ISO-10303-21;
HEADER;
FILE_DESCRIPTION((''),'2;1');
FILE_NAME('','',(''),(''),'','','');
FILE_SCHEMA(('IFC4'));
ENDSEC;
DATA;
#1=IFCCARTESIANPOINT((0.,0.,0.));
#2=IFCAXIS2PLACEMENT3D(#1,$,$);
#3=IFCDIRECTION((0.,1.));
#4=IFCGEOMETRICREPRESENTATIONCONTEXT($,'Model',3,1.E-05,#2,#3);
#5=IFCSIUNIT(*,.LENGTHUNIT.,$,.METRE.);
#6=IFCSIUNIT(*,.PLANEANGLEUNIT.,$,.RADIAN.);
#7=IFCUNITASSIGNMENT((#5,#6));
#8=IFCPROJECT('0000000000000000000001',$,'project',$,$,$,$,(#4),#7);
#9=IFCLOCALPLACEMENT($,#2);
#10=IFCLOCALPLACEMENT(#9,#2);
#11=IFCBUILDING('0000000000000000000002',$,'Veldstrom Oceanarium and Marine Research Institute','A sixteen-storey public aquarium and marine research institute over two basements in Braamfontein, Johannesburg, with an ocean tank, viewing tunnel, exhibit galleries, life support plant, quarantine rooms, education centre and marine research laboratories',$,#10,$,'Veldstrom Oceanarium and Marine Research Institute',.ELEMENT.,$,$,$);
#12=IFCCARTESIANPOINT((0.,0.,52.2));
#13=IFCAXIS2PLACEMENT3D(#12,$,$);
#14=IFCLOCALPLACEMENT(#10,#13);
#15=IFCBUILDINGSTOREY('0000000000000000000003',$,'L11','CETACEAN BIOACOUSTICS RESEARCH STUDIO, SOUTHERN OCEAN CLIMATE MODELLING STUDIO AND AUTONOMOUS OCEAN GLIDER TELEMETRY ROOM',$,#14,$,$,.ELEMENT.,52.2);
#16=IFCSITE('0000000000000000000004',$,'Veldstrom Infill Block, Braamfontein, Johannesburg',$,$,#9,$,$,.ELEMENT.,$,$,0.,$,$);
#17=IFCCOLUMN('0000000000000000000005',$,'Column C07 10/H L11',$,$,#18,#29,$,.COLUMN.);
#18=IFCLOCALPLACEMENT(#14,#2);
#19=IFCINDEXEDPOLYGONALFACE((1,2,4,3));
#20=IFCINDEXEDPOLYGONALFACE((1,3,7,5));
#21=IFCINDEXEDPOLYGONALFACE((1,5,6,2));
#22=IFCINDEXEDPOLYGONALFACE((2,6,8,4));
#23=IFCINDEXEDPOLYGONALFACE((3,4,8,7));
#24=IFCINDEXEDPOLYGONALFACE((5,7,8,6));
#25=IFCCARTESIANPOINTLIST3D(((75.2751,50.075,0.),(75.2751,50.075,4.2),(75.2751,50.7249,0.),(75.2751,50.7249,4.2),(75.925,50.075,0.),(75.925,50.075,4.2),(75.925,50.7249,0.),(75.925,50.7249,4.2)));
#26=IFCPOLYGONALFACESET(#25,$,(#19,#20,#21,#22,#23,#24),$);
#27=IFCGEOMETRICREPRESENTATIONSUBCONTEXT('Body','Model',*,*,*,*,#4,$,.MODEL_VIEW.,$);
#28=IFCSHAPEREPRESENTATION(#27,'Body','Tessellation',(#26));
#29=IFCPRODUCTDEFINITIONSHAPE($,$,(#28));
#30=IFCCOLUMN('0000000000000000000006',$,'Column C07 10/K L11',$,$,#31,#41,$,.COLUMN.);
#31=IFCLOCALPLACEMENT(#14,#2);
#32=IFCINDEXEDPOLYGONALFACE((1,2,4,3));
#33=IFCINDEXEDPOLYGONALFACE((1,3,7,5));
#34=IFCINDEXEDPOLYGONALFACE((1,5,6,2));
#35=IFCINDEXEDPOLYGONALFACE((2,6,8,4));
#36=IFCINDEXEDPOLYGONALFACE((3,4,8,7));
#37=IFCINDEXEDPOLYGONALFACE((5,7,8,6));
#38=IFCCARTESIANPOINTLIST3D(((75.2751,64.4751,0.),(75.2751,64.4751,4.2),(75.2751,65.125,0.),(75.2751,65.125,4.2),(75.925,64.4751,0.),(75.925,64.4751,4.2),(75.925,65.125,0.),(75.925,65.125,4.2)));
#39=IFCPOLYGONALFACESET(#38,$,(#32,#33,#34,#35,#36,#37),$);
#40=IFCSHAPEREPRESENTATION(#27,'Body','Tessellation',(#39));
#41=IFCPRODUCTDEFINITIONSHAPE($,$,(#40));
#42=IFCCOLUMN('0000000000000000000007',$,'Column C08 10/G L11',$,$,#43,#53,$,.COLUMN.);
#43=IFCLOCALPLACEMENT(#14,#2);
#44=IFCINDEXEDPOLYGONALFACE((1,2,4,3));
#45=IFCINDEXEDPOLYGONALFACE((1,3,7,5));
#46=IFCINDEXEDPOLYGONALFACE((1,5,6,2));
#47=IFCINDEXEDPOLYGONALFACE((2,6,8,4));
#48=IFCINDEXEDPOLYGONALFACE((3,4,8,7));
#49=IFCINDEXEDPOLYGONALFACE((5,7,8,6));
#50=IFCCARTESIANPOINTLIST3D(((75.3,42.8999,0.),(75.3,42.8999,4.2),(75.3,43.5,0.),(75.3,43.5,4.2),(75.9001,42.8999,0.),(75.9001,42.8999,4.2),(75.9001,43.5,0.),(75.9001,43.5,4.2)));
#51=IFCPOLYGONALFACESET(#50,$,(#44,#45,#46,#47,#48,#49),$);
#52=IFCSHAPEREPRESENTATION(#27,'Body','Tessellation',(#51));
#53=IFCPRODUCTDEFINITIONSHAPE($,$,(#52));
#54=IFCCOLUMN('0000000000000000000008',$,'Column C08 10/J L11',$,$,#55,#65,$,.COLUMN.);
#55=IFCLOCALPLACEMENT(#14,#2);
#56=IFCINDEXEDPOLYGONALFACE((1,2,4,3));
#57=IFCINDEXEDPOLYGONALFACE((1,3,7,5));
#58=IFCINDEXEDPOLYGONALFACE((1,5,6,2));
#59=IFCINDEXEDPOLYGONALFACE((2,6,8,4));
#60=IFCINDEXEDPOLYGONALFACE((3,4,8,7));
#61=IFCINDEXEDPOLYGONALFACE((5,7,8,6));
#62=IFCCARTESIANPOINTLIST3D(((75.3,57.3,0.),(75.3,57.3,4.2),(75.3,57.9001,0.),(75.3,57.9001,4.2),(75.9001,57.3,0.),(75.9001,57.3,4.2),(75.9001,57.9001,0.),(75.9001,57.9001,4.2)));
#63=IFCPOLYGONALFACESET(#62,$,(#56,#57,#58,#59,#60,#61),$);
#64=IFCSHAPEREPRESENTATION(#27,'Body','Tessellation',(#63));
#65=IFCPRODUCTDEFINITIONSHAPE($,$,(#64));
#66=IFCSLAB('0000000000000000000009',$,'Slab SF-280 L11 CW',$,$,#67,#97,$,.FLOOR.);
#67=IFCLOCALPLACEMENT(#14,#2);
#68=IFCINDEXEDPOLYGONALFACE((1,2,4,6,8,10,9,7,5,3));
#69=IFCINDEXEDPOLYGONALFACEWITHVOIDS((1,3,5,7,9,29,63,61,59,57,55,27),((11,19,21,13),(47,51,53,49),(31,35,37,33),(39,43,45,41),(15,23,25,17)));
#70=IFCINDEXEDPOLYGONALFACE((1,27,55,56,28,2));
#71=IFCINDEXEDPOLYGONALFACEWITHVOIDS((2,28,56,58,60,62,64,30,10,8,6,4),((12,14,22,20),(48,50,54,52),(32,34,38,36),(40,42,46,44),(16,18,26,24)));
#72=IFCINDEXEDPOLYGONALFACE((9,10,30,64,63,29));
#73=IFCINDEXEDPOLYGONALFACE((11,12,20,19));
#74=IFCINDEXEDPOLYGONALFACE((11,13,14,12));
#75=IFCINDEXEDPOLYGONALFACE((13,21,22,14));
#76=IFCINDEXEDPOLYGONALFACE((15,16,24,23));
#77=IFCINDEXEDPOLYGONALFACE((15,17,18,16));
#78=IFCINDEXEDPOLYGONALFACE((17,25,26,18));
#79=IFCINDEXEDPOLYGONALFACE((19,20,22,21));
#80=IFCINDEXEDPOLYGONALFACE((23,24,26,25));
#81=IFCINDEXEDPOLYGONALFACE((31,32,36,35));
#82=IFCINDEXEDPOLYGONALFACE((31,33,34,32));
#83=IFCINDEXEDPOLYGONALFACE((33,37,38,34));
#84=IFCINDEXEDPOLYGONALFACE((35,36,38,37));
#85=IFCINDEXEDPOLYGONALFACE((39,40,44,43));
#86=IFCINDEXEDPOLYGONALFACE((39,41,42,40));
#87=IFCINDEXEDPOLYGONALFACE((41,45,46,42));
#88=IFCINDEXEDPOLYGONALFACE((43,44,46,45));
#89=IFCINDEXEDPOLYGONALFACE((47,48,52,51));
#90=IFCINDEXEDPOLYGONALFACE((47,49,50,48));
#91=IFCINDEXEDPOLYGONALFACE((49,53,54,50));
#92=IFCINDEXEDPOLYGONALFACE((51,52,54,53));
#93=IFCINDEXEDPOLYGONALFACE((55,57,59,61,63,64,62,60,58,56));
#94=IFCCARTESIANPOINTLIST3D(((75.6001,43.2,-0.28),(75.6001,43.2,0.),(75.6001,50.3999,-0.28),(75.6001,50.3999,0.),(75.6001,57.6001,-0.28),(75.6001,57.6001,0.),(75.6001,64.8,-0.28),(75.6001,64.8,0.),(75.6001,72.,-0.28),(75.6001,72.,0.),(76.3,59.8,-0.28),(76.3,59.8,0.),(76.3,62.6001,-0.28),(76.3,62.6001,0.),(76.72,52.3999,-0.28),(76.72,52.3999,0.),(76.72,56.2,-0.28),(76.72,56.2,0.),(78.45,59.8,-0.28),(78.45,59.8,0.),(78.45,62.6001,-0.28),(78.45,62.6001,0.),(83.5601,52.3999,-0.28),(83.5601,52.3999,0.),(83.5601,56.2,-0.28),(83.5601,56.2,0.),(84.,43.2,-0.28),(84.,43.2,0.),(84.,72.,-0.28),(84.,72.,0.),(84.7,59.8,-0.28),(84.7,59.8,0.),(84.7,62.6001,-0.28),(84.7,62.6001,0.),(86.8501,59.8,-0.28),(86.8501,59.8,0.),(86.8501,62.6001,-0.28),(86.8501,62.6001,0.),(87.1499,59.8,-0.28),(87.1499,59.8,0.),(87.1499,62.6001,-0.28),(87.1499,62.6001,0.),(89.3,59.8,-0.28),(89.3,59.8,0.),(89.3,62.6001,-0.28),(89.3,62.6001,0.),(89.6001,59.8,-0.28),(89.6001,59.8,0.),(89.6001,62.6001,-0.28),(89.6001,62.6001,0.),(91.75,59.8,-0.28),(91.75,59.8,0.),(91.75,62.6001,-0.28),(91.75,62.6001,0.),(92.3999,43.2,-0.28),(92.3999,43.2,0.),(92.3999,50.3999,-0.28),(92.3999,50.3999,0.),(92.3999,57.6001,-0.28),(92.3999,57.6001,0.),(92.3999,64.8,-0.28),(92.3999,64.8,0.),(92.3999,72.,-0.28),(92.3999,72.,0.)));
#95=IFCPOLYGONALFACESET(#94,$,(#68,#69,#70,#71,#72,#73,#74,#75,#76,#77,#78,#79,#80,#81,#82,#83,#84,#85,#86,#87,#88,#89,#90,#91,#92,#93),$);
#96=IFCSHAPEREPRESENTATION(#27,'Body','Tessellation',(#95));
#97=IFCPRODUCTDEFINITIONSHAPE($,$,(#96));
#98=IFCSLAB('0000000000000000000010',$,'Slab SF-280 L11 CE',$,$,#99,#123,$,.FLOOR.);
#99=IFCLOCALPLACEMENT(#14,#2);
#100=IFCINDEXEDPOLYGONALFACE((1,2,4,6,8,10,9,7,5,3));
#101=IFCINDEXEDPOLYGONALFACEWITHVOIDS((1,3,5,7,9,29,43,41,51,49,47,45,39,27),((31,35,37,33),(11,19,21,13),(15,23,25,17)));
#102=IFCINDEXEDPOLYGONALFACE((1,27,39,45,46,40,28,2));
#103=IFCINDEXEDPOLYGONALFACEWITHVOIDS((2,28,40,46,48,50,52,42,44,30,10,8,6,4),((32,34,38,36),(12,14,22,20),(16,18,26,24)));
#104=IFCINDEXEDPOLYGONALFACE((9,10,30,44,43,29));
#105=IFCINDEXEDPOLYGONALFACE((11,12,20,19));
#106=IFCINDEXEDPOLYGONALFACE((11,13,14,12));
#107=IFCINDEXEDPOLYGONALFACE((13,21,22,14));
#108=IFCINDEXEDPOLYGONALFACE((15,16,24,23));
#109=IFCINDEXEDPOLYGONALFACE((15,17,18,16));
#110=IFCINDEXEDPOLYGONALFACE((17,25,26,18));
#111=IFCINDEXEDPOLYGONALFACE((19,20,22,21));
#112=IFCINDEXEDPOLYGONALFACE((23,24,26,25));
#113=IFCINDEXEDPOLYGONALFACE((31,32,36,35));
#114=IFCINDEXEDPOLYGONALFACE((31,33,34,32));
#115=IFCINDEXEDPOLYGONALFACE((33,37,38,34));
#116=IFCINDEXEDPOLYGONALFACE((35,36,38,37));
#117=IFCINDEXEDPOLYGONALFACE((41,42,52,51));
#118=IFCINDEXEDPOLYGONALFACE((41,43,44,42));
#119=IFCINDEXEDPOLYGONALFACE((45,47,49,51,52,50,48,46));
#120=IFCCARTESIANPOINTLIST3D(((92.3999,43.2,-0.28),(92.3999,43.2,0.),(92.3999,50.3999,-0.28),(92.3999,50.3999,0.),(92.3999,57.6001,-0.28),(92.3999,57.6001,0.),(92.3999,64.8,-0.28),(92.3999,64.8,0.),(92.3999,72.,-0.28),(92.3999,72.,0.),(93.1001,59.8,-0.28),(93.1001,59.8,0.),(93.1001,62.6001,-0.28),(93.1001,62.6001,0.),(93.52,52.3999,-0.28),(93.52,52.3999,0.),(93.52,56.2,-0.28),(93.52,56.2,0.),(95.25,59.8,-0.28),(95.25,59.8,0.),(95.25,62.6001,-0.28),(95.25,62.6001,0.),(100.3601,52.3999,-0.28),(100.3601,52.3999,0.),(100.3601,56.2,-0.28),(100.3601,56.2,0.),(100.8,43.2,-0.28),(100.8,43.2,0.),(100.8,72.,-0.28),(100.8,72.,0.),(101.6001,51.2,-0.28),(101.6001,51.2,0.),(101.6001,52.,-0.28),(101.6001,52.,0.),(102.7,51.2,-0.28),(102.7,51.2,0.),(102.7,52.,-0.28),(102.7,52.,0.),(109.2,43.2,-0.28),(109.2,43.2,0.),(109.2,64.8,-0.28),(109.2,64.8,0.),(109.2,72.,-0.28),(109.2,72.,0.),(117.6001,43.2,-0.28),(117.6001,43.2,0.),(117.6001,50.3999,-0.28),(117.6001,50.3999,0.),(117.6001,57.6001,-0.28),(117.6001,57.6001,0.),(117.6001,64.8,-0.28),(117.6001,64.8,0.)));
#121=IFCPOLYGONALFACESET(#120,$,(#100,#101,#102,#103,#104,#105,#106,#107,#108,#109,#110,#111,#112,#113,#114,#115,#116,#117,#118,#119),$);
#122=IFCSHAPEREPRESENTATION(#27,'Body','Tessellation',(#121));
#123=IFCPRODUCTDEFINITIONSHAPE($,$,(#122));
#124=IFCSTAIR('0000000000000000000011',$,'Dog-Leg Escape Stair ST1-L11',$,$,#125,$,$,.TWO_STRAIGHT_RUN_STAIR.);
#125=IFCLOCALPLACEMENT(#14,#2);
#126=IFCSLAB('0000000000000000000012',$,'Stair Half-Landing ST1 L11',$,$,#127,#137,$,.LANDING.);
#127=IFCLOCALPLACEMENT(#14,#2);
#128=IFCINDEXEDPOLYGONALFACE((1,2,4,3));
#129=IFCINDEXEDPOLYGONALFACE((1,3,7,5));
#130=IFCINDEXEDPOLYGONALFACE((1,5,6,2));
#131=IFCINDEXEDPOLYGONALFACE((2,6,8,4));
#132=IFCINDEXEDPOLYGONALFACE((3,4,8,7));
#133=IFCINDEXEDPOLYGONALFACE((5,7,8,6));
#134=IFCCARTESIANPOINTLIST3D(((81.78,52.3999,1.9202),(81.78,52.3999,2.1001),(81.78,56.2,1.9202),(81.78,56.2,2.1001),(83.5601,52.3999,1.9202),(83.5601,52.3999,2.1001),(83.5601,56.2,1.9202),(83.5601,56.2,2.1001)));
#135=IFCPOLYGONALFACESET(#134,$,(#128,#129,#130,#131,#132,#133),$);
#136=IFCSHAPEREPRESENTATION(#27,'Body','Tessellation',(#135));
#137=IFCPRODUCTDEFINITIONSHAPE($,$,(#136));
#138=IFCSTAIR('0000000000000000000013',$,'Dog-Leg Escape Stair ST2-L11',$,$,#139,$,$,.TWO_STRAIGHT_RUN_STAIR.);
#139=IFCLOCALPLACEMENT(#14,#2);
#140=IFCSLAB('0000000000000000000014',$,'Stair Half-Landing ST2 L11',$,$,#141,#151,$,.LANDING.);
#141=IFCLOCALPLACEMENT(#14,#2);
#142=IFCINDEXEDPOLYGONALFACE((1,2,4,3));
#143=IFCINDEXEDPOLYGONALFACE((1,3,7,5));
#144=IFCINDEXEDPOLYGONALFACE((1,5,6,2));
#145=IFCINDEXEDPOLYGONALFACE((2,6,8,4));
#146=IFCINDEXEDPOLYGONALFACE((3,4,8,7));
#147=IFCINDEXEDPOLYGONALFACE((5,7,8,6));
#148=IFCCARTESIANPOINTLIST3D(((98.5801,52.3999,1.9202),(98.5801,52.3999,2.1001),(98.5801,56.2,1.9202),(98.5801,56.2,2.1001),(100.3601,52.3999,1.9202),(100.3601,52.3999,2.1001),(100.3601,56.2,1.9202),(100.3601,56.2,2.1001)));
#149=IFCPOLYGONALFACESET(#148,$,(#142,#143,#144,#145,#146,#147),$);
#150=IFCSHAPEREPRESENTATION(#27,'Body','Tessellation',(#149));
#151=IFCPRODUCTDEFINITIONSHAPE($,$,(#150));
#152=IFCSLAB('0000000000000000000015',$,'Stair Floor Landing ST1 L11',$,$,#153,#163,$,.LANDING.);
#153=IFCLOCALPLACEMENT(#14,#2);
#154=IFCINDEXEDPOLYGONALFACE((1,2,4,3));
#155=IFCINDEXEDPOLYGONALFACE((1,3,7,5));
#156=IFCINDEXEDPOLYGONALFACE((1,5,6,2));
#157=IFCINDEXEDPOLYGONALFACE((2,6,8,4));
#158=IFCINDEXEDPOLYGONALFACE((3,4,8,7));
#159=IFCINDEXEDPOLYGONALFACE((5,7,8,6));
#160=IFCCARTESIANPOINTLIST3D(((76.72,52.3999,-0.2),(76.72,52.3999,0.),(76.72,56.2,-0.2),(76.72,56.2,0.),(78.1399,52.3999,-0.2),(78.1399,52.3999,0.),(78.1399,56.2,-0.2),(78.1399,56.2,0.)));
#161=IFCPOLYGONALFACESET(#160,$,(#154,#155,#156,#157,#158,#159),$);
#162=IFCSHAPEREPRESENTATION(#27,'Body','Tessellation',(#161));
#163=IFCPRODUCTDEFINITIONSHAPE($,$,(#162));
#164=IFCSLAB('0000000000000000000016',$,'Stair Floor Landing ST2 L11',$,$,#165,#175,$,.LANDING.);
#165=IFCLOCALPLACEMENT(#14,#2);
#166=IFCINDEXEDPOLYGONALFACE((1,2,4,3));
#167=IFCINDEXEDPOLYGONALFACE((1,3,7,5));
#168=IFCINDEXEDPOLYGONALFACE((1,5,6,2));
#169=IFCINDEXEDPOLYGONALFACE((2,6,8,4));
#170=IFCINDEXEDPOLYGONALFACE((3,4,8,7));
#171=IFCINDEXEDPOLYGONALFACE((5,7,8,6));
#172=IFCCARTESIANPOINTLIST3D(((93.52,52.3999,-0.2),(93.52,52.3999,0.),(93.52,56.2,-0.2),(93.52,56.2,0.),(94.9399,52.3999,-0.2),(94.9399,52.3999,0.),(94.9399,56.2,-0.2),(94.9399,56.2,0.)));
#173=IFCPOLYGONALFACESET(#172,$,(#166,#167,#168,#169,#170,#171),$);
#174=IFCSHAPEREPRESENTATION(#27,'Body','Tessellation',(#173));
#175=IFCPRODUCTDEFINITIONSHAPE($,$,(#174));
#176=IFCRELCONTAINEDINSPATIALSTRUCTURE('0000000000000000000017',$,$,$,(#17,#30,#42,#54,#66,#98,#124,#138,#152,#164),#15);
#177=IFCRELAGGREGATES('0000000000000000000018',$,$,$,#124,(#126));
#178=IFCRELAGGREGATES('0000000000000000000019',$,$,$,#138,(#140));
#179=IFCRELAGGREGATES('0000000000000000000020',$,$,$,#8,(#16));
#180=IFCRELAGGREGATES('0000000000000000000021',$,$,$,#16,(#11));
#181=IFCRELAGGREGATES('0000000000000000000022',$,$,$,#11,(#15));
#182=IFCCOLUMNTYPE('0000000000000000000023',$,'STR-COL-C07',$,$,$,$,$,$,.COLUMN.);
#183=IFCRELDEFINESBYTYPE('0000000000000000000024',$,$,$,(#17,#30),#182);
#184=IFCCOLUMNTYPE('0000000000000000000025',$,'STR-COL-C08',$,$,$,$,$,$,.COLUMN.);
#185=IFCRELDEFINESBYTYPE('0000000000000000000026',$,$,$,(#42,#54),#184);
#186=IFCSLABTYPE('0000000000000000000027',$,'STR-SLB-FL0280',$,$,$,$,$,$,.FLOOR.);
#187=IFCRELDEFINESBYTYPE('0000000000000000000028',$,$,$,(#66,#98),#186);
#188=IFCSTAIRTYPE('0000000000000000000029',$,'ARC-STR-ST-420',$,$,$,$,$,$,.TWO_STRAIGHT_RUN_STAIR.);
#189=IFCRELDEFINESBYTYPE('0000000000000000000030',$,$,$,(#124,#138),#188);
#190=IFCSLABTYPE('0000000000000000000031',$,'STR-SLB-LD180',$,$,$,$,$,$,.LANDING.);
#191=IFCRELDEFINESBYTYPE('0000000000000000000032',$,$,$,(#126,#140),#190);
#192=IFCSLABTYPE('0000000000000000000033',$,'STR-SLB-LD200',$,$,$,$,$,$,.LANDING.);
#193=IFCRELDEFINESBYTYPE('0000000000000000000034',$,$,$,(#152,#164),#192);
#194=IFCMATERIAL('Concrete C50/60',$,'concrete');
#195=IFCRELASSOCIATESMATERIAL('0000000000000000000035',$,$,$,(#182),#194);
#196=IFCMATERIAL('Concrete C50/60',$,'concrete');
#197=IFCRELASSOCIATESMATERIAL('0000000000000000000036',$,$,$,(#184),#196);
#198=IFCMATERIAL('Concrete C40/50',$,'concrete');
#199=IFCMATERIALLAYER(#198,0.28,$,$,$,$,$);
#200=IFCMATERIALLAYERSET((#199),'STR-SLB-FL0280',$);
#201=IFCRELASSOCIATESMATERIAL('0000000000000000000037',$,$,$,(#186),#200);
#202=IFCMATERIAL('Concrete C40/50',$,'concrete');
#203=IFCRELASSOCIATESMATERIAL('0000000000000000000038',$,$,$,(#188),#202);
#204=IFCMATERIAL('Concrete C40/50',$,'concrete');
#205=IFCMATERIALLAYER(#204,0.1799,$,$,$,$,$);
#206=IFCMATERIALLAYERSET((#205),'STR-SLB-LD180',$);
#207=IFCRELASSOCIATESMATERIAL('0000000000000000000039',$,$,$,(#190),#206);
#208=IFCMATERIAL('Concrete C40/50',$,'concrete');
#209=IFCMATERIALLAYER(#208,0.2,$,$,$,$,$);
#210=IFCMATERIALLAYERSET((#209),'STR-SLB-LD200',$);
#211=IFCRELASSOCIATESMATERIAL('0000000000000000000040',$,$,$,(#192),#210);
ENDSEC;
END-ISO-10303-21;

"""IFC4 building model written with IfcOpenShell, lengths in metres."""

from ifc_helpers import new_model, si_unit, direction, frame, origin, origin_2d, place, context, subcontext, project, spatial, polyline, rectangle, outline, extrude, material, layer, layer_set, material_profile, profile_set, type_object, element, aggregate, save


model = new_model("IFC4")

# Units and contexts
model_context = context("Model", 3, precision=1e-05, world=origin(), true_north=direction((0.0, 1.0)))
body_context = subcontext(model_context, "Body", "Model", "MODEL_VIEW")
ifc_project = project(units=[si_unit("LENGTHUNIT", "METRE"), si_unit("PLANEANGLEUNIT", "RADIAN")], contexts=[model_context])

# Site, building, storey
site_placement = place(None, origin())
site = spatial("IfcSite", under=ifc_project, at=site_placement, Name="Veldstrom Infill Block, Braamfontein, Johannesburg", CompositionType="ELEMENT", RefElevation=0.0)
building_placement = place(site_placement, origin())
building = spatial("IfcBuilding", under=site, at=building_placement, Name="Veldstrom Oceanarium and Marine Research Institute", Description="A sixteen-storey public aquarium and marine research institute over two basements in Braamfontein, Johannesburg, with an ocean tank, viewing tunnel, exhibit galleries, life support plant, quarantine rooms, education centre and marine research laboratories", LongName="Veldstrom Oceanarium and Marine Research Institute", CompositionType="ELEMENT")
storey_placement = place(building_placement, frame((0.0, 0.0, 52.2)))
storey = spatial("IfcBuildingStorey", under=building, at=storey_placement, Name="L11", Description="CETACEAN BIOACOUSTICS RESEARCH STUDIO, SOUTHERN OCEAN CLIMATE MODELLING STUDIO AND AUTONOMOUS OCEAN GLIDER TELEMETRY ROOM", CompositionType="ELEMENT", Elevation=52.2)

# Columns
ifc_material_1 = material(Name="Concrete C50/60", Category="concrete")
ifc_material_profile_1 = material_profile(ifc_material_1, rectangle(XDim=0.6499, YDim=0.6499, at=origin_2d()), Name="RC-COL-650x650")
ifc_profile_set_1 = profile_set([ifc_material_profile_1], Name="Concrete C50/60")
column_type_1 = type_object("IfcColumnType", Name="STR-COL-C07", PredefinedType="COLUMN", material=ifc_profile_set_1)
for number, where, z_axis, x_axis, name in (
    (1, (75.6001, 50.3999, 0.0), (0.0, 0.0, 1.0), (1.0, 0.0, 0.0), "Column C07 10/H L11"),
    (2, (75.6001, 64.8, 0.0), (0.0, 0.0, 1.0), (1.0, 0.0, 0.0), "Column C07 10/K L11"),
):
    element("IfcColumn", number, at=place(storey_placement, frame(where, z_axis=z_axis, x_axis=x_axis)), inside=storey, type_object=column_type_1, Name=name, PredefinedType="COLUMN", context=body_context, shape_type="SweptSolid", body=[
        extrude(rectangle(XDim=0.6499, YDim=0.6499, at=origin_2d()), origin(), (0.0, 0.0, 1.0), 4.2),
    ])
ifc_material_2 = material(Name="Concrete C50/60", Category="concrete")
ifc_material_profile_2 = material_profile(ifc_material_2, rectangle(XDim=0.6001, YDim=0.6001, at=origin_2d()), Name="RC-COL-600x600")
ifc_profile_set_2 = profile_set([ifc_material_profile_2], Name="Concrete C50/60")
column_type_2 = type_object("IfcColumnType", Name="STR-COL-C08", PredefinedType="COLUMN", material=ifc_profile_set_2)
for number, where, z_axis, x_axis, name in (
    (3, (75.6001, 43.2, 0.0), (0.0, 0.0, 1.0), (1.0, 0.0, 0.0), "Column C08 10/G L11"),
    (4, (75.6001, 57.6001, 0.0), (0.0, 0.0, 1.0), (1.0, 0.0, 0.0), "Column C08 10/J L11"),
):
    element("IfcColumn", number, at=place(storey_placement, frame(where, z_axis=z_axis, x_axis=x_axis)), inside=storey, type_object=column_type_2, Name=name, PredefinedType="COLUMN", context=body_context, shape_type="SweptSolid", body=[
        extrude(rectangle(XDim=0.6001, YDim=0.6001, at=origin_2d()), origin(), (0.0, 0.0, 1.0), 4.2),
    ])

# Slabs
ifc_material_3 = material(Name="Concrete C40/50", Category="concrete")
ifc_layer_1 = layer(ifc_material_3, 0.28)
ifc_layer_set_1 = layer_set([ifc_layer_1], Name="STR-SLB-FL0280")
slab_type_1 = type_object("IfcSlabType", Name="STR-SLB-FL0280", PredefinedType="FLOOR", material=ifc_layer_set_1)
slab_1_placement = place(storey_placement, frame((0.0, 0.0, -0.28)))
element("IfcSlab", 5, at=slab_1_placement, inside=storey, type_object=slab_type_1, Name="Slab SF-280 L11 CW", PredefinedType="FLOOR", context=body_context, shape_type="SweptSolid", body=[
    extrude(outline(polyline([(92.3999, 50.3999), (92.3999, 43.2), (84.0, 43.2), (75.6001, 43.2), (75.6001, 50.3999), (75.6001, 57.6001), (75.6001, 64.8), (75.6001, 72.0), (84.0, 72.0), (92.3999, 72.0), (92.3999, 64.8), (92.3999, 57.6001), (92.3999, 50.3999)]), holes=[polyline([(76.72, 52.3999), (83.5601, 52.3999), (83.5601, 56.2), (76.72, 56.2), (76.72, 52.3999)]), polyline([(78.45, 62.6001), (76.3, 62.6001), (76.3, 59.8), (78.45, 59.8), (78.45, 62.6001)]), polyline([(84.7, 59.8), (86.8501, 59.8), (86.8501, 62.6001), (84.7, 62.6001), (84.7, 59.8)]), polyline([(87.1499, 62.6001), (87.1499, 59.8), (89.3, 59.8), (89.3, 62.6001), (87.1499, 62.6001)]), polyline([(91.75, 62.6001), (89.6001, 62.6001), (89.6001, 59.8), (91.75, 59.8), (91.75, 62.6001)])]), origin(), (0.0, 0.0, 1.0), 0.28),
])
slab_2_placement = place(storey_placement, frame((0.0, 0.0, -0.28)))
element("IfcSlab", 6, at=slab_2_placement, inside=storey, type_object=slab_type_1, Name="Slab SF-280 L11 CE", PredefinedType="FLOOR", context=body_context, shape_type="SweptSolid", body=[
    extrude(outline(polyline([(117.6001, 57.6001), (117.6001, 50.3999), (117.6001, 43.2), (109.2, 43.2), (100.8, 43.2), (92.3999, 43.2), (92.3999, 50.3999), (92.3999, 57.6001), (92.3999, 64.8), (92.3999, 72.0), (100.8, 72.0), (109.2, 72.0), (109.2, 64.8), (117.6001, 64.8), (117.6001, 57.6001)]), holes=[polyline([(93.52, 52.3999), (100.3601, 52.3999), (100.3601, 56.2), (93.52, 56.2), (93.52, 52.3999)]), polyline([(95.25, 62.6001), (93.1001, 62.6001), (93.1001, 59.8), (95.25, 59.8), (95.25, 62.6001)]), polyline([(102.7, 52.0), (101.6001, 52.0), (101.6001, 51.2), (102.7, 51.2), (102.7, 52.0)])]), origin(), (0.0, 0.0, 1.0), 0.28),
])

# Stairs, slabs
ifc_material_4 = material(Name="Concrete C40/50", Category="concrete")
stair_type = type_object("IfcStairType", Name="ARC-STR-ST-420", PredefinedType="TWO_STRAIGHT_RUN_STAIR", material=ifc_material_4)
stair_1_placement = place(storey_placement, origin())
stair_1 = element("IfcStair", 7, at=stair_1_placement, inside=storey, type_object=stair_type, Name="Dog-Leg Escape Stair ST1-L11", PredefinedType="TWO_STRAIGHT_RUN_STAIR")
ifc_material_5 = material(Name="Concrete C40/50", Category="concrete")
ifc_layer_2 = layer(ifc_material_5, 0.1799)
ifc_layer_set_2 = layer_set([ifc_layer_2], Name="STR-SLB-LD180")
slab_type_2 = type_object("IfcSlabType", Name="STR-SLB-LD180", PredefinedType="LANDING", material=ifc_layer_set_2)
slab_3_placement = place(storey_placement, frame((0.0, 0.0, 1.9202)))
slab_3 = element("IfcSlab", 8, at=slab_3_placement, type_object=slab_type_2, Name="Stair Half-Landing ST1 L11", PredefinedType="LANDING", context=body_context, shape_type="SweptSolid", body=[
    extrude(outline(polyline([(81.78, 52.3999), (83.5601, 52.3999), (83.5601, 56.2), (81.78, 56.2), (81.78, 52.3999)])), origin(), (0.0, 0.0, 1.0), 0.1799),
])
aggregate(stair_1, [slab_3])
stair_2_placement = place(storey_placement, origin())
stair_2 = element("IfcStair", 9, at=stair_2_placement, inside=storey, type_object=stair_type, Name="Dog-Leg Escape Stair ST2-L11", PredefinedType="TWO_STRAIGHT_RUN_STAIR")
slab_4_placement = place(storey_placement, frame((0.0, 0.0, 1.9202)))
slab_4 = element("IfcSlab", 10, at=slab_4_placement, type_object=slab_type_2, Name="Stair Half-Landing ST2 L11", PredefinedType="LANDING", context=body_context, shape_type="SweptSolid", body=[
    extrude(outline(polyline([(98.5801, 52.3999), (100.3601, 52.3999), (100.3601, 56.2), (98.5801, 56.2), (98.5801, 52.3999)])), origin(), (0.0, 0.0, 1.0), 0.1799),
])
aggregate(stair_2, [slab_4])

# Slabs
ifc_material_6 = material(Name="Concrete C40/50", Category="concrete")
ifc_layer_3 = layer(ifc_material_6, 0.2)
ifc_layer_set_3 = layer_set([ifc_layer_3], Name="STR-SLB-LD200")
slab_type_3 = type_object("IfcSlabType", Name="STR-SLB-LD200", PredefinedType="LANDING", material=ifc_layer_set_3)
slab_5_placement = place(storey_placement, frame((0.0, 0.0, -0.2)))
element("IfcSlab", 11, at=slab_5_placement, inside=storey, type_object=slab_type_3, Name="Stair Floor Landing ST1 L11", PredefinedType="LANDING", context=body_context, shape_type="SweptSolid", body=[
    extrude(outline(polyline([(76.72, 52.3999), (78.1399, 52.3999), (78.1399, 56.2), (76.72, 56.2), (76.72, 52.3999)])), origin(), (0.0, 0.0, 1.0), 0.2),
])
slab_6_placement = place(storey_placement, frame((0.0, 0.0, -0.2)))
element("IfcSlab", 12, at=slab_6_placement, inside=storey, type_object=slab_type_3, Name="Stair Floor Landing ST2 L11", PredefinedType="LANDING", context=body_context, shape_type="SweptSolid", body=[
    extrude(outline(polyline([(93.52, 52.3999), (94.9399, 52.3999), (94.9399, 56.2), (93.52, 56.2), (93.52, 52.3999)])), origin(), (0.0, 0.0, 1.0), 0.2),
])

save(model, "model.ifc")
